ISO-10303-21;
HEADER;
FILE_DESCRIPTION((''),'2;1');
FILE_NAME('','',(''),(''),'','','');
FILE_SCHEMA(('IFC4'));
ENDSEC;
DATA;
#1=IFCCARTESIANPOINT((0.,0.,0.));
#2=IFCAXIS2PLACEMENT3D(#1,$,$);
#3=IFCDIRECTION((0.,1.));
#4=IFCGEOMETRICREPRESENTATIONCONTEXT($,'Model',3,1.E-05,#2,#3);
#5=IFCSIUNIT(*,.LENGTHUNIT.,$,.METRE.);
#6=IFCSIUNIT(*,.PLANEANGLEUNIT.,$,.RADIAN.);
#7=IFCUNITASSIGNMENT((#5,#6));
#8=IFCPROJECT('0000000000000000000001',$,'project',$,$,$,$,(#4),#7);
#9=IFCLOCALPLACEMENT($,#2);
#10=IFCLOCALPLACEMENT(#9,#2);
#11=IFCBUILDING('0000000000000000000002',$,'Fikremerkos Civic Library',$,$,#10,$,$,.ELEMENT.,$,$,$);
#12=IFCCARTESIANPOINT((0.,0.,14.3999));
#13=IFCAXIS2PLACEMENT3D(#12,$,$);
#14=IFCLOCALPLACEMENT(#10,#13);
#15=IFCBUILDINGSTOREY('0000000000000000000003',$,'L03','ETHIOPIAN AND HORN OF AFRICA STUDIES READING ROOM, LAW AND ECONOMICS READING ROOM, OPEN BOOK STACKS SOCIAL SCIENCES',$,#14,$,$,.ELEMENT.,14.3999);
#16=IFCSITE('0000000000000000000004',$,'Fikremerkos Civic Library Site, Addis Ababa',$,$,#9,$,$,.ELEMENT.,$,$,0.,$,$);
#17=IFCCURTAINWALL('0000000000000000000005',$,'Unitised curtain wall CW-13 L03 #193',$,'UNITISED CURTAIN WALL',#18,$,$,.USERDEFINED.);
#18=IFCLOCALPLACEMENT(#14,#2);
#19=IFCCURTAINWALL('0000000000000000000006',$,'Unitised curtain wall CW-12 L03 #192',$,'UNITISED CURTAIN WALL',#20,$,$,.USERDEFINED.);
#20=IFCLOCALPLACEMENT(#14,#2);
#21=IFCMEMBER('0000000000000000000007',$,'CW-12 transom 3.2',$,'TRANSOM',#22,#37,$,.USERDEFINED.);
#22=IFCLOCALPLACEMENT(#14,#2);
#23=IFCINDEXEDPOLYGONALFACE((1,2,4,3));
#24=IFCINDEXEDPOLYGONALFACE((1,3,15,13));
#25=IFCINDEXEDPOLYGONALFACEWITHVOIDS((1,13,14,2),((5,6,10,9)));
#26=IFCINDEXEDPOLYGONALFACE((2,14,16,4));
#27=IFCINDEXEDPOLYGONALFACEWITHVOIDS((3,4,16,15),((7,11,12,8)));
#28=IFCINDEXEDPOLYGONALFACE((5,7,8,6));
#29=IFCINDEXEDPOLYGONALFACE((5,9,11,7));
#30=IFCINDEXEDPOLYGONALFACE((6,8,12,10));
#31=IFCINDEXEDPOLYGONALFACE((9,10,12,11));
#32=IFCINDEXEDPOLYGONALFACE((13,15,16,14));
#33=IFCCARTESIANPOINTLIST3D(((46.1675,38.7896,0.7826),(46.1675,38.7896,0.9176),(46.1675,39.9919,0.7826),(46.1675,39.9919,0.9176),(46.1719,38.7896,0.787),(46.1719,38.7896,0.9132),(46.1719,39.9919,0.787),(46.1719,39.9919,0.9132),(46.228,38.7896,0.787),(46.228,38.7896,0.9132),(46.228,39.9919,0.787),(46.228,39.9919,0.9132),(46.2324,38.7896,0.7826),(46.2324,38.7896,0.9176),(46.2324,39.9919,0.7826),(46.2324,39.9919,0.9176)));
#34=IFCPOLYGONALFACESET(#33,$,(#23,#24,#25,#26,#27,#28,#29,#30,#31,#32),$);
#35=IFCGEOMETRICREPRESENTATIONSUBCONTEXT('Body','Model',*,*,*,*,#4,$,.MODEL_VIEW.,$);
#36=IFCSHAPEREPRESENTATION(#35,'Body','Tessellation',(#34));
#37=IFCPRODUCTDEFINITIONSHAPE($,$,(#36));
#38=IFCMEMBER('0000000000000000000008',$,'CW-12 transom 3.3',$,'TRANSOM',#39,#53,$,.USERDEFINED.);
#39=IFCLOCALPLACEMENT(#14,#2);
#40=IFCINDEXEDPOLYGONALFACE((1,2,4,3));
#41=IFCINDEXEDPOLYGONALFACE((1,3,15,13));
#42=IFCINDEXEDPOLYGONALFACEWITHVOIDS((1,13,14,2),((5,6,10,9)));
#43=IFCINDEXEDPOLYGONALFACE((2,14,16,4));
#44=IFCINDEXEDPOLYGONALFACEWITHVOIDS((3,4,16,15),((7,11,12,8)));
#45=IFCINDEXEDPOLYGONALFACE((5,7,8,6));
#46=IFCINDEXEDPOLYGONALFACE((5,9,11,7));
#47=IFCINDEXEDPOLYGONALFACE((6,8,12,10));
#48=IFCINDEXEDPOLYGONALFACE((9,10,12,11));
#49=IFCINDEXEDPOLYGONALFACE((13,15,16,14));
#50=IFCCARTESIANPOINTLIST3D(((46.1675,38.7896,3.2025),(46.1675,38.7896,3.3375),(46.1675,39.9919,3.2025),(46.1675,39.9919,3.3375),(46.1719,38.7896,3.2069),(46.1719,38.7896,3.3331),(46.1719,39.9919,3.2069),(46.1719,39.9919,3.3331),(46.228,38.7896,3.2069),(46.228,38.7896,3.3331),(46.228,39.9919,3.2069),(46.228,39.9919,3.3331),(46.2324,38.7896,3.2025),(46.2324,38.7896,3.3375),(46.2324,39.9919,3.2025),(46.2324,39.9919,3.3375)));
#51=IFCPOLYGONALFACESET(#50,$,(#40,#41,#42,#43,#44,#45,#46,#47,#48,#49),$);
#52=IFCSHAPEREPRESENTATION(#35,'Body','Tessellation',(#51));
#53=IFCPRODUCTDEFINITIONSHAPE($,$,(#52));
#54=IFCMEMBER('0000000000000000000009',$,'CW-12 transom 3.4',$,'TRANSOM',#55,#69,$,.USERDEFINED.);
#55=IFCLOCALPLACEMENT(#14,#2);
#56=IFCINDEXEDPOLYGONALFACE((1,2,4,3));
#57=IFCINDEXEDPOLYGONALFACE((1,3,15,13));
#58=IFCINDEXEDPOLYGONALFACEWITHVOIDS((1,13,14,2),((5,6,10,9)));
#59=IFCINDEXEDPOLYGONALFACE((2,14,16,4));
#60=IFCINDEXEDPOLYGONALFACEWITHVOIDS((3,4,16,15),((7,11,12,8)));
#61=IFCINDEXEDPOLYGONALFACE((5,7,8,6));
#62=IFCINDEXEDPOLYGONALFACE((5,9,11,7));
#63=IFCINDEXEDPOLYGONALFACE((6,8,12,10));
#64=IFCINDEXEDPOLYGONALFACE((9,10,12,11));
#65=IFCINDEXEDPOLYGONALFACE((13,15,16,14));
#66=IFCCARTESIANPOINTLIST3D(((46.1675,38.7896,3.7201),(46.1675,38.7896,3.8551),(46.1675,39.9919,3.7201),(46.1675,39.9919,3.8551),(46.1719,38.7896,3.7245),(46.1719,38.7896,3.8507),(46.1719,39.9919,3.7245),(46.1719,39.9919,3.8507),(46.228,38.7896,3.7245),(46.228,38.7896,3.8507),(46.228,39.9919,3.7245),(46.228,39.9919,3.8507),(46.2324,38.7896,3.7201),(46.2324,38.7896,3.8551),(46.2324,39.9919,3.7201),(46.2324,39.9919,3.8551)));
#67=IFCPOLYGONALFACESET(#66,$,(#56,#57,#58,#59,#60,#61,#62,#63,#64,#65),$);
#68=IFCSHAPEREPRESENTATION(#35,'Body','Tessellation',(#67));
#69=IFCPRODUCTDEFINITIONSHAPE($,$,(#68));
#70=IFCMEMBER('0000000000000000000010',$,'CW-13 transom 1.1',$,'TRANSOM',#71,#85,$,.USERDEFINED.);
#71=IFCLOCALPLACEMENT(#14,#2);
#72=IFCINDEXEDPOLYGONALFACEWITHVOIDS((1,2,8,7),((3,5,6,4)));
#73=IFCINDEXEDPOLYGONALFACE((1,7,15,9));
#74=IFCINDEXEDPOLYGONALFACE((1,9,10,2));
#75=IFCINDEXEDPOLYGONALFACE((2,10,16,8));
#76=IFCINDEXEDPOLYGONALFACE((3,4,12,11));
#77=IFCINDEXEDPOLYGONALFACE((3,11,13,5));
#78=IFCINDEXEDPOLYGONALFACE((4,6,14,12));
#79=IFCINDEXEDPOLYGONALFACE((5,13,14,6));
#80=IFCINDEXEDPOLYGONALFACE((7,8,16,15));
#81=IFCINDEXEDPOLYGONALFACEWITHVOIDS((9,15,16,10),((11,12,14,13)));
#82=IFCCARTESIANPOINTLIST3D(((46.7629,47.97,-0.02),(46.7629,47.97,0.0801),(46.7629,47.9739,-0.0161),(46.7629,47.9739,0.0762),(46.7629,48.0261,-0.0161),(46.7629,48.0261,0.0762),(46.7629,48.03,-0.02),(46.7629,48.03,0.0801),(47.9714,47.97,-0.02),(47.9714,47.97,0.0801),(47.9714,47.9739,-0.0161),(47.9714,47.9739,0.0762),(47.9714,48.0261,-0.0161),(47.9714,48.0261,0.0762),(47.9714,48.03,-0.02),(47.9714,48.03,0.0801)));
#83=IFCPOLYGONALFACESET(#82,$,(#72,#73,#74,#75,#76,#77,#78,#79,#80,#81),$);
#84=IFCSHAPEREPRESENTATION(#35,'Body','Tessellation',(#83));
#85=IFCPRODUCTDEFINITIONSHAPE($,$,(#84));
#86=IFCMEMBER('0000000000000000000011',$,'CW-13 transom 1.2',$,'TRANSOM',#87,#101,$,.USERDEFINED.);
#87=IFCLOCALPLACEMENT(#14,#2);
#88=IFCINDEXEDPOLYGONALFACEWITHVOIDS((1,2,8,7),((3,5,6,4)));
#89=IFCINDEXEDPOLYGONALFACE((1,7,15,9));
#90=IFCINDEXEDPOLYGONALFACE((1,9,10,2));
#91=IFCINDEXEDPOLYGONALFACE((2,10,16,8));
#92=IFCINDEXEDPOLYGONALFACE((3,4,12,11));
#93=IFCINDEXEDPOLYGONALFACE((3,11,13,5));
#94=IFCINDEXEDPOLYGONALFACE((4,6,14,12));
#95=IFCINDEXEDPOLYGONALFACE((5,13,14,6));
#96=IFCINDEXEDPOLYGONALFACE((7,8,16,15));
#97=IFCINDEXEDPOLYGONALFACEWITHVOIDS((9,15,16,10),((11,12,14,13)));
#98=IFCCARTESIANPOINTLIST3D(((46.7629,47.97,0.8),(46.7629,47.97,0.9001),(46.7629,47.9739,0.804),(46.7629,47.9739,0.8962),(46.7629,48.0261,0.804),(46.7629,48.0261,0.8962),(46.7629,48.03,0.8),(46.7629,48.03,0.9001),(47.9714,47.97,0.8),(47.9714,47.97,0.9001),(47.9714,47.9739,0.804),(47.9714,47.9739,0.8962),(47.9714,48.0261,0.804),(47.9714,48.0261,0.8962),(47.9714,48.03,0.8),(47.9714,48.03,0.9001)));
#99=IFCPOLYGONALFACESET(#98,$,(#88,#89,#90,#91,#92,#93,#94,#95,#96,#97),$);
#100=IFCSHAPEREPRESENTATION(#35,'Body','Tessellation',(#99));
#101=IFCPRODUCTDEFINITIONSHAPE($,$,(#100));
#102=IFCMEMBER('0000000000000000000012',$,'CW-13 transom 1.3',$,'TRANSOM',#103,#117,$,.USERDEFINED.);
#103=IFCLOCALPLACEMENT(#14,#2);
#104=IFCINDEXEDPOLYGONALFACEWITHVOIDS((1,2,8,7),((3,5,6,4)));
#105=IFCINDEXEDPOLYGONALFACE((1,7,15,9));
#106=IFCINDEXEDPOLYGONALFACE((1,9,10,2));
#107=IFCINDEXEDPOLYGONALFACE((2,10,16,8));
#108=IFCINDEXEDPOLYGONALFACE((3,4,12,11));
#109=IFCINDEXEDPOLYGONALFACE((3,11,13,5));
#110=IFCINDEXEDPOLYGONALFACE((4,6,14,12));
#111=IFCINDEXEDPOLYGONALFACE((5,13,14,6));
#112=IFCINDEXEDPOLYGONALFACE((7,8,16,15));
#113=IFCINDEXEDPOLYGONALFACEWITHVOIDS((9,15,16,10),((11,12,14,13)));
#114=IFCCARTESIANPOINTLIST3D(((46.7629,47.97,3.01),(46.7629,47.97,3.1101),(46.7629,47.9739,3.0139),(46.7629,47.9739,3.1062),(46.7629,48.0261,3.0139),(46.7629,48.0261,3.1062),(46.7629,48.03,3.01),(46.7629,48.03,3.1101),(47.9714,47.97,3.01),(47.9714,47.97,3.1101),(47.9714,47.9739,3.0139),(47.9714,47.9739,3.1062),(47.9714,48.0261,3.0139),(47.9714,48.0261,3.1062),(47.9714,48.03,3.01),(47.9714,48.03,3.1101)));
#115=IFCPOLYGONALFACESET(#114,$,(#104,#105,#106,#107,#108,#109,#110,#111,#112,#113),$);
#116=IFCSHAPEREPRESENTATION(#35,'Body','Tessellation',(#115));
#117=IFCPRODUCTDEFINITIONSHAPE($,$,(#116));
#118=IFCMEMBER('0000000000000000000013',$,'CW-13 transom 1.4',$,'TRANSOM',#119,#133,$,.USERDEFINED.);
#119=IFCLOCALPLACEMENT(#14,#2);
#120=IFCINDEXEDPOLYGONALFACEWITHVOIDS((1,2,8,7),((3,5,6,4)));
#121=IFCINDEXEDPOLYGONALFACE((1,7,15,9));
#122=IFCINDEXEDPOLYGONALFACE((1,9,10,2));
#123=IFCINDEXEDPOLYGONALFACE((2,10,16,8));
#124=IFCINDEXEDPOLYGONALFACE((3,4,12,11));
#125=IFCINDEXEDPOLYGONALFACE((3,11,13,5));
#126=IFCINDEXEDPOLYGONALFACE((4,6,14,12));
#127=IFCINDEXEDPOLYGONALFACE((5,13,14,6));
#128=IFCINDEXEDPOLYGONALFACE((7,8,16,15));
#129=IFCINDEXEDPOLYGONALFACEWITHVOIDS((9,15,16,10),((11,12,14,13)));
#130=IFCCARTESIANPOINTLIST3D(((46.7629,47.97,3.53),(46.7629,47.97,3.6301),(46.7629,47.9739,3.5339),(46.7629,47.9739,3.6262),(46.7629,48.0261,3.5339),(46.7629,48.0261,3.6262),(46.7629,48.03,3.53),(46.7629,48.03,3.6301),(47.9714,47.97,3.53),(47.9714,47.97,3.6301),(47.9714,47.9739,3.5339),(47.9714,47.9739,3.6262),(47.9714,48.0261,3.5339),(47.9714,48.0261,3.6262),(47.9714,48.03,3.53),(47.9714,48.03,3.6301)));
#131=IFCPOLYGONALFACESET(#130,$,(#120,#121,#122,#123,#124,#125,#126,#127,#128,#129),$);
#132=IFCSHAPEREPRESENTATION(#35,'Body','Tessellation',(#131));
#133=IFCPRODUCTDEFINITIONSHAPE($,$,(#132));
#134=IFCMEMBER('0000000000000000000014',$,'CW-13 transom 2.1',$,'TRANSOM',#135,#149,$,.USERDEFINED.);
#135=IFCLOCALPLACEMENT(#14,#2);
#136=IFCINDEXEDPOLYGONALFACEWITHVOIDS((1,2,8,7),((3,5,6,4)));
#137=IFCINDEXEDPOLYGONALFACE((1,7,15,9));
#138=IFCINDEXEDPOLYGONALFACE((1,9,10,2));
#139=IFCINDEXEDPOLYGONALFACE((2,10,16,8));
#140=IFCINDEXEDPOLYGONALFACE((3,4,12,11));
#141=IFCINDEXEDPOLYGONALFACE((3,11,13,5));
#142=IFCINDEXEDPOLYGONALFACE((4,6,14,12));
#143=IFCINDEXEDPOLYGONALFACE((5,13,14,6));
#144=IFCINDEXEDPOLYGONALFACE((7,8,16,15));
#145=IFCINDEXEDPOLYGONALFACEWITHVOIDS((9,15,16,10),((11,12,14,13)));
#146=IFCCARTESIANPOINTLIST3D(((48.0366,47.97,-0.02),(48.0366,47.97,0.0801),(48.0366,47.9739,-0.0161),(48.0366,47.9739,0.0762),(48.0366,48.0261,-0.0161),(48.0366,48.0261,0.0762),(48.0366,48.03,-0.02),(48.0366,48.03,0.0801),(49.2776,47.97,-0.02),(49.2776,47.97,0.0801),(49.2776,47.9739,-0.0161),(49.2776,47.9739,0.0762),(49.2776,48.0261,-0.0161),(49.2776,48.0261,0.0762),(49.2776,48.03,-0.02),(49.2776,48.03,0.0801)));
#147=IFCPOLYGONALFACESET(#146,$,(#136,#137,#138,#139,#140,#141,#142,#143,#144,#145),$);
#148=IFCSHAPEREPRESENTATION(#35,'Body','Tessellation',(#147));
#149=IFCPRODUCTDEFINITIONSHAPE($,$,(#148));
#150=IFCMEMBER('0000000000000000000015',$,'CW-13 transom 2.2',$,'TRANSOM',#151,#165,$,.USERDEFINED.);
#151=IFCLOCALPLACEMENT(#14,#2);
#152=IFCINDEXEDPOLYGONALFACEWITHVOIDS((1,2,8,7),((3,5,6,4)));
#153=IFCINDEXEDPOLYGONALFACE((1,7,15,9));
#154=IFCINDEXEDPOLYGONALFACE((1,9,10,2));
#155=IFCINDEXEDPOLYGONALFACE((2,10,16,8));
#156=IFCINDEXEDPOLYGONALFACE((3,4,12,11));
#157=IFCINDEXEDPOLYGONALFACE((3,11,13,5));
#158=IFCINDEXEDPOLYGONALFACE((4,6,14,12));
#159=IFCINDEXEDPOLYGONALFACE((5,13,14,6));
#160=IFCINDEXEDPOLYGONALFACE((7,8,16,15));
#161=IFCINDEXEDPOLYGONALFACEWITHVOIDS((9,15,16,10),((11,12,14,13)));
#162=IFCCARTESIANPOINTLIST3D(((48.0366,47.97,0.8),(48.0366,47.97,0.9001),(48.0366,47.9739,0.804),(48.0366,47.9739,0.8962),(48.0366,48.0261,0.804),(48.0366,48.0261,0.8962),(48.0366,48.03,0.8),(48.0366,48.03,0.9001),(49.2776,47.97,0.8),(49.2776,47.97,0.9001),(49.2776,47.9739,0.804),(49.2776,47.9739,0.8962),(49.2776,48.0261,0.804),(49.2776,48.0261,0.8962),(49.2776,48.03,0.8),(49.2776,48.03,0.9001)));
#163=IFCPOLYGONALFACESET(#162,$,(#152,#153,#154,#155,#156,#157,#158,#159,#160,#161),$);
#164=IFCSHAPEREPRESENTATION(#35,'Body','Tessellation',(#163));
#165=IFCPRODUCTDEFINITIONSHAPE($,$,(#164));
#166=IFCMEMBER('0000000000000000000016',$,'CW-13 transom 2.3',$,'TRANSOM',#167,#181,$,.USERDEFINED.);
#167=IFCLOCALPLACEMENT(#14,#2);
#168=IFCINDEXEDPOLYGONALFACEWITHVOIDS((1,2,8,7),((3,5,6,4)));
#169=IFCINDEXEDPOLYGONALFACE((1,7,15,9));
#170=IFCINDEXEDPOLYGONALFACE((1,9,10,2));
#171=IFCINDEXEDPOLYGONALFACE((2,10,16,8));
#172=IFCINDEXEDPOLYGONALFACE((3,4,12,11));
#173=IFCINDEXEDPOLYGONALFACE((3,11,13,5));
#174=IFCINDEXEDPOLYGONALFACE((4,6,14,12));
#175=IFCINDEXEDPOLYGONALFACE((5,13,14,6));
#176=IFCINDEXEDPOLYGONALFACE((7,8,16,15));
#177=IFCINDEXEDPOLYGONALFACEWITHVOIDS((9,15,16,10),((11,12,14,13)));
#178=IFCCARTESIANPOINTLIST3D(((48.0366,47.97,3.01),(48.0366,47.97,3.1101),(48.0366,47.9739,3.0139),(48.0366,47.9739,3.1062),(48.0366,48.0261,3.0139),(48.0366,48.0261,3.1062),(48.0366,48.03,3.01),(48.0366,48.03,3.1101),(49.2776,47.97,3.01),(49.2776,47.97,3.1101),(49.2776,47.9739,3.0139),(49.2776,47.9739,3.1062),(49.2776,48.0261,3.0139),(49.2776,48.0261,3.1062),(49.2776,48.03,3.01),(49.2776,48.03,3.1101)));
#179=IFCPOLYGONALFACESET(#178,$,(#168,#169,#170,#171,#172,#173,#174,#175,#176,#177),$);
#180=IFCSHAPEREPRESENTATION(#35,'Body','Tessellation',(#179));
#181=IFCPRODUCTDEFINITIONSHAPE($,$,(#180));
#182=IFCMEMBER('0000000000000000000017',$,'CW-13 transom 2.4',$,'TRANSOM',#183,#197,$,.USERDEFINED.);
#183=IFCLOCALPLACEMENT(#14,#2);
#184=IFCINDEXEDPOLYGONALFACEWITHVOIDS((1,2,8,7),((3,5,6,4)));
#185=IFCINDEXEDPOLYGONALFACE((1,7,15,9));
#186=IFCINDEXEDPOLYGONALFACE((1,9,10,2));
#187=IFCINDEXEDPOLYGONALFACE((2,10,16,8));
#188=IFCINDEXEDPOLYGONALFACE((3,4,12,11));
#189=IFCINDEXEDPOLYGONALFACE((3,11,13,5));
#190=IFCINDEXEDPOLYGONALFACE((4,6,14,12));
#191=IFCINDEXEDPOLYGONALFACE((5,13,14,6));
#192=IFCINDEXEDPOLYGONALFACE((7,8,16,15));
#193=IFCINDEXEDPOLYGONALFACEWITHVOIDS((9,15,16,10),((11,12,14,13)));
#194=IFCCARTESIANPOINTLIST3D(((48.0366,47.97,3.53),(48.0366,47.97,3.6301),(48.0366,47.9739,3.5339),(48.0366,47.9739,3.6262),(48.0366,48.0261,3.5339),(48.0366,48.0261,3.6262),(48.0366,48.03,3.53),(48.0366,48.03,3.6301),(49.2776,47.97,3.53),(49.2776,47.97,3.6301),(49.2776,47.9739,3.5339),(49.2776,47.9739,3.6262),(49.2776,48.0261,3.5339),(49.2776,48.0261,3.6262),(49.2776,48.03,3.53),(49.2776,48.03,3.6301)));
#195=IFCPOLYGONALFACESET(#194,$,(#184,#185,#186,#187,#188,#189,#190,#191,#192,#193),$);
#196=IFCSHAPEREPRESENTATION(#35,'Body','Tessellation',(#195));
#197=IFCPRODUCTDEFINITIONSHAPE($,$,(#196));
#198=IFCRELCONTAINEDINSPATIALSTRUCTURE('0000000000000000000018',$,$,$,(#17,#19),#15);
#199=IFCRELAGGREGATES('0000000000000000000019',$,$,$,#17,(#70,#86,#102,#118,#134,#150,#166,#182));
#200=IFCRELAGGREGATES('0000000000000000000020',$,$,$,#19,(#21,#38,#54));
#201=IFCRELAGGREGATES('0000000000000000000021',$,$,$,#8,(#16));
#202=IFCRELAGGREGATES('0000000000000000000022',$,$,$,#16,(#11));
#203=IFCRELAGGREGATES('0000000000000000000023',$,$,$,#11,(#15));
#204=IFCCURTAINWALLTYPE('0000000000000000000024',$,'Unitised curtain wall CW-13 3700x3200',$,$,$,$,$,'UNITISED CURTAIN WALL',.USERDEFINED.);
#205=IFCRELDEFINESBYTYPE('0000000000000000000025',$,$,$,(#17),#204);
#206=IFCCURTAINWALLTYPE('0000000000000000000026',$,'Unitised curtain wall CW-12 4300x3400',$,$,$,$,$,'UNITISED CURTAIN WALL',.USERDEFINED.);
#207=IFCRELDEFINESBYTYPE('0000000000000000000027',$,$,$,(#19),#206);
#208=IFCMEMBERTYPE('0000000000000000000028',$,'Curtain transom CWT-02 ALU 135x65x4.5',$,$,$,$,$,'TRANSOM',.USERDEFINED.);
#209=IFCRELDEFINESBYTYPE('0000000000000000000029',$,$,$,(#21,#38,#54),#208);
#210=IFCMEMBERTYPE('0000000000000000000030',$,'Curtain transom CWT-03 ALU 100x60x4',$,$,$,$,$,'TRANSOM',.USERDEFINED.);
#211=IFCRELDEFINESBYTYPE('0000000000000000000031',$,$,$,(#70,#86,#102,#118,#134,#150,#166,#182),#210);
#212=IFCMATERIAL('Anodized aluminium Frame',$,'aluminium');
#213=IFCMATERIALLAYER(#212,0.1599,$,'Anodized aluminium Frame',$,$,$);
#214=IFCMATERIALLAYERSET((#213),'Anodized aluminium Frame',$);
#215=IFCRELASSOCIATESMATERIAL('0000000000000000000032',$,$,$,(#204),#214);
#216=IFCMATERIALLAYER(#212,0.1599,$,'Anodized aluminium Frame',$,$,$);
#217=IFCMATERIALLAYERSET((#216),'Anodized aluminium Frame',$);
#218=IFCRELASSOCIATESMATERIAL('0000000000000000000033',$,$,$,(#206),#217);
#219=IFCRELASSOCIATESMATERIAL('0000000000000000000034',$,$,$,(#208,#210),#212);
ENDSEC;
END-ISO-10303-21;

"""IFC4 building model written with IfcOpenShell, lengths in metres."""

from ifc_helpers import new_model, si_unit, direction, frame, origin, origin_2d, place, context, subcontext, project, spatial, hollow_rectangle, extrude, material, layer, layer_set, material_profile, profile_set, type_object, element, aggregate, save


model = new_model("IFC4")

# Units and contexts
model_context = context("Model", 3, precision=1e-05, world=origin(), true_north=direction((0.0, 1.0)))
body_context = subcontext(model_context, "Body", "Model", "MODEL_VIEW")
ifc_project = project(units=[si_unit("LENGTHUNIT", "METRE"), si_unit("PLANEANGLEUNIT", "RADIAN")], contexts=[model_context])

# Site, building, storey
site_placement = place(None, origin())
site = spatial("IfcSite", under=ifc_project, at=site_placement, Name="Fikremerkos Civic Library Site, Addis Ababa", CompositionType="ELEMENT", RefElevation=0.0)
building_placement = place(site_placement, origin())
building = spatial("IfcBuilding", under=site, at=building_placement, Name="Fikremerkos Civic Library", CompositionType="ELEMENT")
storey_placement = place(building_placement, frame((0.0, 0.0, 14.3999)))
storey = spatial("IfcBuildingStorey", under=building, at=storey_placement, Name="L03", Description="ETHIOPIAN AND HORN OF AFRICA STUDIES READING ROOM, LAW AND ECONOMICS READING ROOM, OPEN BOOK STACKS SOCIAL SCIENCES", CompositionType="ELEMENT", Elevation=14.3999)

# Curtain walls, members
ifc_material_1 = material(Name="Anodized aluminium Frame", Category="aluminium")
ifc_layer_1 = layer(ifc_material_1, 0.1599, Name="Anodized aluminium Frame")
ifc_layer_set_1 = layer_set([ifc_layer_1], Name="Anodized aluminium Frame")
curtain_wall_type_1 = type_object("IfcCurtainWallType", Name="Unitised curtain wall CW-13 3700x3200", ElementType="UNITISED CURTAIN WALL", PredefinedType="USERDEFINED", material=ifc_layer_set_1)
curtain_wall_1_placement = place(storey_placement, origin())
curtain_wall_1 = element("IfcCurtainWall", 1, at=curtain_wall_1_placement, inside=storey, type_object=curtain_wall_type_1, Name="Unitised curtain wall CW-13 L03 #193", ObjectType="UNITISED CURTAIN WALL", PredefinedType="USERDEFINED")
ifc_layer_2 = layer(ifc_material_1, 0.1599, Name="Anodized aluminium Frame")
ifc_layer_set_2 = layer_set([ifc_layer_2], Name="Anodized aluminium Frame")
curtain_wall_type_2 = type_object("IfcCurtainWallType", Name="Unitised curtain wall CW-12 4300x3400", ElementType="UNITISED CURTAIN WALL", PredefinedType="USERDEFINED", material=ifc_layer_set_2)
curtain_wall_2_placement = place(storey_placement, origin())
curtain_wall_2 = element("IfcCurtainWall", 2, at=curtain_wall_2_placement, inside=storey, type_object=curtain_wall_type_2, Name="Unitised curtain wall CW-12 L03 #192", ObjectType="UNITISED CURTAIN WALL", PredefinedType="USERDEFINED")
ifc_material_profile_1 = material_profile(ifc_material_1, hollow_rectangle(XDim=0.0649, YDim=0.135, WallThickness=0.0044, at=origin_2d()), Name="ALU 135x65x4.5")
ifc_profile_set_1 = profile_set([ifc_material_profile_1], Name="Anodized aluminium Frame")
member_type_1 = type_object("IfcMemberType", Name="Curtain transom CWT-02 ALU 135x65x4.5", ElementType="TRANSOM", PredefinedType="USERDEFINED", material=ifc_profile_set_1)
member_1_placement = place(storey_placement, frame((46.2, 38.7896, 0.8501), z_axis=(0.0, 1.0, 0.0), x_axis=(-1.0, 0.0, 0.0)))
member_1 = element("IfcMember", 3, at=member_1_placement, type_object=member_type_1, Name="CW-12 transom 3.2", ObjectType="TRANSOM", PredefinedType="USERDEFINED", context=body_context, shape_type="SweptSolid", body=[
    extrude(hollow_rectangle(XDim=0.0649, YDim=0.135, WallThickness=0.0044, at=origin_2d()), origin(), (0.0, 0.0, 1.0), 1.2024),
])
member_2_placement = place(storey_placement, frame((46.2, 38.7896, 3.27), z_axis=(0.0, 1.0, 0.0), x_axis=(-1.0, 0.0, 0.0)))
member_2 = element("IfcMember", 4, at=member_2_placement, type_object=member_type_1, Name="CW-12 transom 3.3", ObjectType="TRANSOM", PredefinedType="USERDEFINED", context=body_context, shape_type="SweptSolid", body=[
    extrude(hollow_rectangle(XDim=0.0649, YDim=0.135, WallThickness=0.0044, at=origin_2d()), origin(), (0.0, 0.0, 1.0), 1.2024),
])
member_3_placement = place(storey_placement, frame((46.2, 38.7896, 3.7876), z_axis=(0.0, 1.0, 0.0), x_axis=(-1.0, 0.0, 0.0)))
member_3 = element("IfcMember", 5, at=member_3_placement, type_object=member_type_1, Name="CW-12 transom 3.4", ObjectType="TRANSOM", PredefinedType="USERDEFINED", context=body_context, shape_type="SweptSolid", body=[
    extrude(hollow_rectangle(XDim=0.0649, YDim=0.135, WallThickness=0.0044, at=origin_2d()), origin(), (0.0, 0.0, 1.0), 1.2024),
])

# Members
ifc_material_profile_2 = material_profile(ifc_material_1, hollow_rectangle(XDim=0.0601, YDim=0.1001, WallThickness=0.0039, at=origin_2d()), Name="ALU 100x60x4")
ifc_profile_set_2 = profile_set([ifc_material_profile_2], Name="Anodized aluminium Frame")
member_type_2 = type_object("IfcMemberType", Name="Curtain transom CWT-03 ALU 100x60x4", ElementType="TRANSOM", PredefinedType="USERDEFINED", material=ifc_profile_set_2)
member_4_placement = place(storey_placement, frame((46.7629, 48.0, 0.03), z_axis=(1.0, 0.0, 0.0), x_axis=(0.0, 1.0, 0.0)))
member_4 = element("IfcMember", 6, at=member_4_placement, type_object=member_type_2, Name="CW-13 transom 1.1", ObjectType="TRANSOM", PredefinedType="USERDEFINED", context=body_context, shape_type="SweptSolid", body=[
    extrude(hollow_rectangle(XDim=0.0601, YDim=0.1001, WallThickness=0.0039, at=origin_2d()), origin(), (0.0, 0.0, 1.0), 1.2085),
])
member_5_placement = place(storey_placement, frame((46.7629, 48.0, 0.8501), z_axis=(1.0, 0.0, 0.0), x_axis=(0.0, 1.0, 0.0)))
member_5 = element("IfcMember", 7, at=member_5_placement, type_object=member_type_2, Name="CW-13 transom 1.2", ObjectType="TRANSOM", PredefinedType="USERDEFINED", context=body_context, shape_type="SweptSolid", body=[
    extrude(hollow_rectangle(XDim=0.0601, YDim=0.1001, WallThickness=0.0039, at=origin_2d()), origin(), (0.0, 0.0, 1.0), 1.2085),
])
member_6_placement = place(storey_placement, frame((46.7629, 48.0, 3.0601), z_axis=(1.0, 0.0, 0.0), x_axis=(0.0, 1.0, 0.0)))
member_6 = element("IfcMember", 8, at=member_6_placement, type_object=member_type_2, Name="CW-13 transom 1.3", ObjectType="TRANSOM", PredefinedType="USERDEFINED", context=body_context, shape_type="SweptSolid", body=[
    extrude(hollow_rectangle(XDim=0.0601, YDim=0.1001, WallThickness=0.0039, at=origin_2d()), origin(), (0.0, 0.0, 1.0), 1.2085),
])
member_7_placement = place(storey_placement, frame((46.7629, 48.0, 3.5801), z_axis=(1.0, 0.0, 0.0), x_axis=(0.0, 1.0, 0.0)))
member_7 = element("IfcMember", 9, at=member_7_placement, type_object=member_type_2, Name="CW-13 transom 1.4", ObjectType="TRANSOM", PredefinedType="USERDEFINED", context=body_context, shape_type="SweptSolid", body=[
    extrude(hollow_rectangle(XDim=0.0601, YDim=0.1001, WallThickness=0.0039, at=origin_2d()), origin(), (0.0, 0.0, 1.0), 1.2085),
])
member_8_placement = place(storey_placement, frame((48.0366, 48.0, 0.03), z_axis=(1.0, 0.0, 0.0), x_axis=(0.0, 1.0, 0.0)))
member_8 = element("IfcMember", 10, at=member_8_placement, type_object=member_type_2, Name="CW-13 transom 2.1", ObjectType="TRANSOM", PredefinedType="USERDEFINED", context=body_context, shape_type="SweptSolid", body=[
    extrude(hollow_rectangle(XDim=0.0601, YDim=0.1001, WallThickness=0.0039, at=origin_2d()), origin(), (0.0, 0.0, 1.0), 1.241),
])
member_9_placement = place(storey_placement, frame((48.0366, 48.0, 0.8501), z_axis=(1.0, 0.0, 0.0), x_axis=(0.0, 1.0, 0.0)))
member_9 = element("IfcMember", 11, at=member_9_placement, type_object=member_type_2, Name="CW-13 transom 2.2", ObjectType="TRANSOM", PredefinedType="USERDEFINED", context=body_context, shape_type="SweptSolid", body=[
    extrude(hollow_rectangle(XDim=0.0601, YDim=0.1001, WallThickness=0.0039, at=origin_2d()), origin(), (0.0, 0.0, 1.0), 1.241),
])
member_10_placement = place(storey_placement, frame((48.0366, 48.0, 3.0601), z_axis=(1.0, 0.0, 0.0), x_axis=(0.0, 1.0, 0.0)))
member_10 = element("IfcMember", 12, at=member_10_placement, type_object=member_type_2, Name="CW-13 transom 2.3", ObjectType="TRANSOM", PredefinedType="USERDEFINED", context=body_context, shape_type="SweptSolid", body=[
    extrude(hollow_rectangle(XDim=0.0601, YDim=0.1001, WallThickness=0.0039, at=origin_2d()), origin(), (0.0, 0.0, 1.0), 1.241),
])
member_11_placement = place(storey_placement, frame((48.0366, 48.0, 3.5801), z_axis=(1.0, 0.0, 0.0), x_axis=(0.0, 1.0, 0.0)))
member_11 = element("IfcMember", 13, at=member_11_placement, type_object=member_type_2, Name="CW-13 transom 2.4", ObjectType="TRANSOM", PredefinedType="USERDEFINED", context=body_context, shape_type="SweptSolid", body=[
    extrude(hollow_rectangle(XDim=0.0601, YDim=0.1001, WallThickness=0.0039, at=origin_2d()), origin(), (0.0, 0.0, 1.0), 1.241),
])

aggregate(curtain_wall_1, [member_4, member_5, member_6, member_7, member_8, member_9, member_10, member_11])
aggregate(curtain_wall_2, [member_1, member_2, member_3])

save(model, "model.ifc")
